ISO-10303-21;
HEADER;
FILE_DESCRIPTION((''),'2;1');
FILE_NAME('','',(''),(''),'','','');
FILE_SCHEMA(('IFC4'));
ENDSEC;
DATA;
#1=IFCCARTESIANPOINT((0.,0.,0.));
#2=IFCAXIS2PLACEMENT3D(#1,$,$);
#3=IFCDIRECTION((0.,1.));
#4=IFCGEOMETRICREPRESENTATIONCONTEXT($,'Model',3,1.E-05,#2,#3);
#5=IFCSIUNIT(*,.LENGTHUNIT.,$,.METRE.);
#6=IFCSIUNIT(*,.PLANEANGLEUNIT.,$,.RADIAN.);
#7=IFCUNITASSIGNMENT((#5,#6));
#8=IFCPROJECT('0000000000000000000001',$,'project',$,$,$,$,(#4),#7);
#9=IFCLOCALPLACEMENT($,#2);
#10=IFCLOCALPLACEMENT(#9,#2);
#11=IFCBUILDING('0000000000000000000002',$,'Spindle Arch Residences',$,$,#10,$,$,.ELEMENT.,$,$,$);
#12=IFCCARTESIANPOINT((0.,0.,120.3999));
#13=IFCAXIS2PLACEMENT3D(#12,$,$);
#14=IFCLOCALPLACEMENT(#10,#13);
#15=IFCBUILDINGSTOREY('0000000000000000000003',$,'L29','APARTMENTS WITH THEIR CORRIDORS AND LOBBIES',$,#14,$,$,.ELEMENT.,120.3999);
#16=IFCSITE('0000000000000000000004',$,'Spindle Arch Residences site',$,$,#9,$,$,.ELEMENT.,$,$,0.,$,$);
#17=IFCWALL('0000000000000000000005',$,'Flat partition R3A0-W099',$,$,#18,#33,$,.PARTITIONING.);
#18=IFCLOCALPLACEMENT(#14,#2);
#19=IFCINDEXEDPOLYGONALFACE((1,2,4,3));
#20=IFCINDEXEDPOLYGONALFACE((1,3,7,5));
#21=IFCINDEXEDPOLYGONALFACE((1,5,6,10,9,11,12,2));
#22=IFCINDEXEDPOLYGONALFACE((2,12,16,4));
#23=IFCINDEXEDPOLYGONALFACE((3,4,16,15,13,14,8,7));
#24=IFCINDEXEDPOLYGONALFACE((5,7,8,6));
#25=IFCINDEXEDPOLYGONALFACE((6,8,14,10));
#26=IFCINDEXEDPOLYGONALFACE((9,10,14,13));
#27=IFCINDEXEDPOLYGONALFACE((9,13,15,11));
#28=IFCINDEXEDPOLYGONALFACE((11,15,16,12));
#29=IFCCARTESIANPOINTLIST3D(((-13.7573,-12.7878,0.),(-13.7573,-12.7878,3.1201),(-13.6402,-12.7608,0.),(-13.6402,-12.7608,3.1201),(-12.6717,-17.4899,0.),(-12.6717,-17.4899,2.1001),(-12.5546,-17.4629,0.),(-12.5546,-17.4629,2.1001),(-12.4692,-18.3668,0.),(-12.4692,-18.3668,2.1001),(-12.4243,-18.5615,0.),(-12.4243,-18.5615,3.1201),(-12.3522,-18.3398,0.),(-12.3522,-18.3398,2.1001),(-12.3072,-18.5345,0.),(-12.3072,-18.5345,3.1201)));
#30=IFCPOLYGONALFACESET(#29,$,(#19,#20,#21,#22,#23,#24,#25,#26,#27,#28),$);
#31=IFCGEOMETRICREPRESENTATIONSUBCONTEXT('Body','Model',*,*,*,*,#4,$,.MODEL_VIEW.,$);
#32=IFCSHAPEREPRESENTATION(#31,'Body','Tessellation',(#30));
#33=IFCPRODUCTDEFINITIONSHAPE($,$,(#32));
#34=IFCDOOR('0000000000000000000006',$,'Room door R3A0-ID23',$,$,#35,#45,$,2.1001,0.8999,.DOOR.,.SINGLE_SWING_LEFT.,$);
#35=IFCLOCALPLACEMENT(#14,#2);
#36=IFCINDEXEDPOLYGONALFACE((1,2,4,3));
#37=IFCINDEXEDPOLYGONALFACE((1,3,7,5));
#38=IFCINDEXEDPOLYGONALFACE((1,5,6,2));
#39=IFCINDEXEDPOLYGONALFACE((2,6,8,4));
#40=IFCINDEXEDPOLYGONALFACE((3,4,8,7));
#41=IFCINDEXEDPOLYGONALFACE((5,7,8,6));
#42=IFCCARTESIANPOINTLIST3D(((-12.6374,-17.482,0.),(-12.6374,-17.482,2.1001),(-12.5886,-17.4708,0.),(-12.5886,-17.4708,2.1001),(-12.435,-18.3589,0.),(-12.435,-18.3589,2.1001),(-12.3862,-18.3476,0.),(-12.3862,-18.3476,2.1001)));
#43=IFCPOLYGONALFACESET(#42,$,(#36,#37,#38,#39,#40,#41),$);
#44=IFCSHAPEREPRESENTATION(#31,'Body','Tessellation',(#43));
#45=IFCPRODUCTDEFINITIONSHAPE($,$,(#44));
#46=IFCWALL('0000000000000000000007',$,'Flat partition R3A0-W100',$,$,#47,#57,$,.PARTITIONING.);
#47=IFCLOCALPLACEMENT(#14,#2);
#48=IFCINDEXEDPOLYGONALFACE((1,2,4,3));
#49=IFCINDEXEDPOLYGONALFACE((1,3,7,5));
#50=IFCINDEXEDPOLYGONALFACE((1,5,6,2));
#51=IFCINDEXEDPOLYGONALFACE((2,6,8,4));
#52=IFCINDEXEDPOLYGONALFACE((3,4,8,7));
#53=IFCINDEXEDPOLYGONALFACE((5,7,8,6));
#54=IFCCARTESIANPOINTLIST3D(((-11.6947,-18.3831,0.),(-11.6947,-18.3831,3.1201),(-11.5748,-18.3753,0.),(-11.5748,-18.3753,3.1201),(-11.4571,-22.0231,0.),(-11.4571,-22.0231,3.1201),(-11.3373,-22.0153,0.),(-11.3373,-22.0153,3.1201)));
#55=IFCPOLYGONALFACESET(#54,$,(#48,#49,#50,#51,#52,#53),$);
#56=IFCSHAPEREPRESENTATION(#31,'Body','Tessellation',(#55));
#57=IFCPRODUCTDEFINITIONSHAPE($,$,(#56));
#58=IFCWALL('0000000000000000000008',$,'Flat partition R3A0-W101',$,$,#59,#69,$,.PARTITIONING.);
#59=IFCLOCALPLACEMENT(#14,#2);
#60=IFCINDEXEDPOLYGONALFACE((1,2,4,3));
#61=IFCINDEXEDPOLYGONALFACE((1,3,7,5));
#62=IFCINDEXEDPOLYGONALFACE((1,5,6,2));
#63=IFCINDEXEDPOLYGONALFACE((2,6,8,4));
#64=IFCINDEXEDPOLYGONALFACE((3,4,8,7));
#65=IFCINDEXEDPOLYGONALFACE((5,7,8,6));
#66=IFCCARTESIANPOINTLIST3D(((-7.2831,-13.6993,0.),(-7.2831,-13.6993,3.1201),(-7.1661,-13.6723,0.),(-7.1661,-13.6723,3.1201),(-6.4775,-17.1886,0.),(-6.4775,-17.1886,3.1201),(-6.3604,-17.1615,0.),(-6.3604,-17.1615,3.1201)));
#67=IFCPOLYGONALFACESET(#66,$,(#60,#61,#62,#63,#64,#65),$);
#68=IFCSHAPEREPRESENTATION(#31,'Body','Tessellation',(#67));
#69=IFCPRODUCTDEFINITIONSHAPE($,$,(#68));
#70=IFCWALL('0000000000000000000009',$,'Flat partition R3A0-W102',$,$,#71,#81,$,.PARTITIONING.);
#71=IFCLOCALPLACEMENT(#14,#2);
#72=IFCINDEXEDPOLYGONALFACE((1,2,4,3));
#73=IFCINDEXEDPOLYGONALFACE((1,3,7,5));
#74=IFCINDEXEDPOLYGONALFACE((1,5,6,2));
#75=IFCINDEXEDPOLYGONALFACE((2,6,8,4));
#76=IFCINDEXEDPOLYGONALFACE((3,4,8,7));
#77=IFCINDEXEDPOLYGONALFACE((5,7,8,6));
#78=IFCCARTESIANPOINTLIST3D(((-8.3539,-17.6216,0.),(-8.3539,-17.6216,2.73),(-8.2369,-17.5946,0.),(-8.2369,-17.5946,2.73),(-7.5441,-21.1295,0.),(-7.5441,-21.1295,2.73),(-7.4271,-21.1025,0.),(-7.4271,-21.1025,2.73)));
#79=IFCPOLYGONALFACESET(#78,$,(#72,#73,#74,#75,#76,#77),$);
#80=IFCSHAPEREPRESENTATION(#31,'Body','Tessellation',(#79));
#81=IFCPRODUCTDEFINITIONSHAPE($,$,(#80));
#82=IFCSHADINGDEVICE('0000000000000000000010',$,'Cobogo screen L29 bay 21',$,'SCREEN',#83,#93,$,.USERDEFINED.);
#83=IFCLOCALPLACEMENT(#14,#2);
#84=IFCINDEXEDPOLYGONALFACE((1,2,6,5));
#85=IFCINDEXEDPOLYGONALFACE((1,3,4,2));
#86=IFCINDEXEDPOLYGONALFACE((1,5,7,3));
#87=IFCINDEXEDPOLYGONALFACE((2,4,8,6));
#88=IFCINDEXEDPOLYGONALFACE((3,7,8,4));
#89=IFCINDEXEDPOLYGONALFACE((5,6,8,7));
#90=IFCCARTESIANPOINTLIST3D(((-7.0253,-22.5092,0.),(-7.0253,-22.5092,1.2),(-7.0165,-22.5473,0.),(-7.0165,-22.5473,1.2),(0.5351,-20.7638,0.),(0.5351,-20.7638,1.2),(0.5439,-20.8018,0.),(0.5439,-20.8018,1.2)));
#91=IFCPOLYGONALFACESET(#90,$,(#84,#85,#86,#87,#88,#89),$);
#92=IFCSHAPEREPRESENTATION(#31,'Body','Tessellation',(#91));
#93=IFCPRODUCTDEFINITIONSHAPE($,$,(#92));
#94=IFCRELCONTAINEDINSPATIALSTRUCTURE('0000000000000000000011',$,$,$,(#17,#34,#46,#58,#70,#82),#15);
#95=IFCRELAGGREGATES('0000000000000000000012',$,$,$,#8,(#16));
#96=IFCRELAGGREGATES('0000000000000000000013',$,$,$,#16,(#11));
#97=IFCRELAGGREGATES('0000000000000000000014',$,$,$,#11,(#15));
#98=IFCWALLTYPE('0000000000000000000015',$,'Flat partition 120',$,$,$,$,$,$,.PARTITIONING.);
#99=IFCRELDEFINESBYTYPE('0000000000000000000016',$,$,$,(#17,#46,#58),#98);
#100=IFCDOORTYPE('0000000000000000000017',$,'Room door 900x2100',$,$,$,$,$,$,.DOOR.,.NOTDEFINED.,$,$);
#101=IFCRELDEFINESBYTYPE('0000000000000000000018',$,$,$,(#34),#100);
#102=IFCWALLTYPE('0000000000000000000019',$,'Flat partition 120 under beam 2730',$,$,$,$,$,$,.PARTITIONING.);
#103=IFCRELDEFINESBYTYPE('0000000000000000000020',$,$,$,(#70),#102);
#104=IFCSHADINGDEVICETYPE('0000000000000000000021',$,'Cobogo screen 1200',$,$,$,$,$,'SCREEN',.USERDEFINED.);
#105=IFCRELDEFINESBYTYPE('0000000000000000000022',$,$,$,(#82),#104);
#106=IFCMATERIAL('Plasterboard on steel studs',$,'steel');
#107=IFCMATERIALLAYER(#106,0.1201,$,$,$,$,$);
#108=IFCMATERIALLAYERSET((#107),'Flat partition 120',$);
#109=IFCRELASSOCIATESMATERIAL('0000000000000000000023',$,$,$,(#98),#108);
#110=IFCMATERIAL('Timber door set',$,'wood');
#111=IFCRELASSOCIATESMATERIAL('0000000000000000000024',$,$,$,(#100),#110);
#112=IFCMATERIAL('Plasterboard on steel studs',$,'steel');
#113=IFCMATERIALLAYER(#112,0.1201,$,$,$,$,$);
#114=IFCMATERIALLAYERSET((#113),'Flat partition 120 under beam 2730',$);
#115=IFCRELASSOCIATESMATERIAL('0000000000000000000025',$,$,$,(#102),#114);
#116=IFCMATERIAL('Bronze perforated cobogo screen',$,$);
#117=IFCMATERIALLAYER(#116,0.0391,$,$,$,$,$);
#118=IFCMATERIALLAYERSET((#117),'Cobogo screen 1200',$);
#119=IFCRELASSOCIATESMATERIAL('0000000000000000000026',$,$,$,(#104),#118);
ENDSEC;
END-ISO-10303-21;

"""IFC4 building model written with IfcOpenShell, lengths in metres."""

from ifc_helpers import new_model, si_unit, direction, frame, frame_2d, origin, origin_2d, place, context, subcontext, project, spatial, rectangle, extrude, material, layer, layer_set, type_object, element, fill, save


model = new_model("IFC4")

# Units and contexts
model_context = context("Model", 3, precision=1e-05, world=origin(), true_north=direction((0.0, 1.0)))
body_context = subcontext(model_context, "Body", "Model", "MODEL_VIEW")
ifc_project = project(units=[si_unit("LENGTHUNIT", "METRE"), si_unit("PLANEANGLEUNIT", "RADIAN")], contexts=[model_context])

# Site, building, storey
site_placement = place(None, origin())
site = spatial("IfcSite", under=ifc_project, at=site_placement, Name="Spindle Arch Residences site", CompositionType="ELEMENT", RefElevation=0.0)
building_placement = place(site_placement, origin())
building = spatial("IfcBuilding", under=site, at=building_placement, Name="Spindle Arch Residences", CompositionType="ELEMENT")
storey_placement = place(building_placement, frame((0.0, 0.0, 120.3999)))
storey = spatial("IfcBuildingStorey", under=building, at=storey_placement, Name="L29", Description="APARTMENTS WITH THEIR CORRIDORS AND LOBBIES", CompositionType="ELEMENT", Elevation=120.3999)

# Shared definitions
ifc_material_1 = material(Name="Plasterboard on steel studs", Category="steel")
ifc_layer_1 = layer(ifc_material_1, 0.1201)
ifc_layer_set_1 = layer_set([ifc_layer_1], Name="Flat partition 120")
wall_type_1 = type_object("IfcWallType", Name="Flat partition 120", PredefinedType="PARTITIONING", material=ifc_layer_set_1)

# Shared definitions
ifc_material_2 = material(Name="Timber door set", Category="wood")
door_type_1 = type_object("IfcDoorType", Name="Room door 900x2100", OperationType="NOTDEFINED", PredefinedType="DOOR", material=ifc_material_2)

# Wall, opening, door
wall_1_placement = place(storey_placement, frame((-12.3657, -18.5481, 0.0), z_axis=(0.0, 0.0, 1.0), x_axis=(-0.224959, 0.974368, 0.0)))
wall_1 = element("IfcWall", 1, at=wall_1_placement, inside=storey, type_object=wall_type_1, Name="Flat partition R3A0-W099", PredefinedType="PARTITIONING", context=body_context, shape_type="SweptSolid", body=[
    extrude(rectangle(XDim=5.9255, YDim=0.1201, at=frame_2d((2.9629, 0.0))), origin(), (0.0, 0.0, 1.0), 3.1201),
])
opening_1_placement = place(wall_1_placement, frame((0.2, 0.0, 0.0)))
opening_1 = element("IfcOpeningElement", 2, at=opening_1_placement, cuts=wall_1, PredefinedType="OPENING", context=body_context, shape_type="SweptSolid", body=[
    extrude(rectangle(XDim=0.8999, YDim=2.1001, at=frame_2d((0.45, 1.05))), frame((0.0, 0.0701, 0.0), z_axis=(0.0, -1.0, 0.0), x_axis=(1.0, 0.0, 0.0)), (0.0, 0.0, 1.0), 0.1401),
])
door_1_placement = place(opening_1_placement, origin())
door_1 = element("IfcDoor", 3, at=door_1_placement, inside=storey, type_object=door_type_1, Name="Room door R3A0-ID23", OperationType="SINGLE_SWING_LEFT", OverallHeight=2.1001, OverallWidth=0.8999, PredefinedType="DOOR", context=body_context, shape_type="SweptSolid", body=[
    extrude(rectangle(XDim=0.8999, YDim=2.1001, at=frame_2d((0.45, 1.05))), frame((0.0, 0.0249, 0.0), z_axis=(0.0, -1.0, 0.0), x_axis=(1.0, 0.0, 0.0)), (0.0, 0.0, 1.0), 0.05),
])
fill(opening_1, door_1)

# Walls
wall_2_placement = place(storey_placement, frame((-11.3972, -22.019, 0.0), z_axis=(0.0, 0.0, 1.0), x_axis=(-0.065124, 0.997877, 0.0)))
element("IfcWall", 4, at=wall_2_placement, inside=storey, type_object=wall_type_1, Name="Flat partition R3A0-W100", PredefinedType="PARTITIONING", context=body_context, shape_type="SweptSolid", body=[
    extrude(rectangle(XDim=3.6477, YDim=0.1201, at=frame_2d((1.8237, 0.0))), origin(), (0.0, 0.0, 1.0), 3.1201),
])
wall_3_placement = place(storey_placement, frame((-6.4189, -17.175, 0.0), z_axis=(0.0, 0.0, 1.0), x_axis=(-0.224979, 0.974364, 0.0)))
element("IfcWall", 5, at=wall_3_placement, inside=storey, type_object=wall_type_1, Name="Flat partition R3A0-W101", PredefinedType="PARTITIONING", context=body_context, shape_type="SweptSolid", body=[
    extrude(rectangle(XDim=3.5811, YDim=0.1201, at=frame_2d((1.7905, 0.0))), origin(), (0.0, 0.0, 1.0), 3.1201),
])
ifc_material_3 = material(Name="Plasterboard on steel studs", Category="steel")
ifc_layer_2 = layer(ifc_material_3, 0.1201)
ifc_layer_set_2 = layer_set([ifc_layer_2], Name="Flat partition 120 under beam 2730")
wall_type_2 = type_object("IfcWallType", Name="Flat partition 120 under beam 2730", PredefinedType="PARTITIONING", material=ifc_layer_set_2)
wall_4_placement = place(storey_placement, frame((-7.4856, -21.116, 0.0), z_axis=(0.0, 0.0, 1.0), x_axis=(-0.224944, 0.974372, 0.0)))
element("IfcWall", 6, at=wall_4_placement, inside=storey, type_object=wall_type_2, Name="Flat partition R3A0-W102", PredefinedType="PARTITIONING", context=body_context, shape_type="SweptSolid", body=[
    extrude(rectangle(XDim=3.6001, YDim=0.1201, at=frame_2d((1.8, 0.0))), origin(), (0.0, 0.0, 1.0), 2.73),
])

# Shading device
ifc_material_4 = material(Name="Bronze perforated cobogo screen")
ifc_layer_3 = layer(ifc_material_4, 0.0391)
ifc_layer_set_3 = layer_set([ifc_layer_3], Name="Cobogo screen 1200")
shading_device_type = type_object("IfcShadingDeviceType", Name="Cobogo screen 1200", ElementType="SCREEN", PredefinedType="USERDEFINED", material=ifc_layer_set_3)
shading_device_placement = place(storey_placement, frame((-3.2407, -21.6555, 0.0), z_axis=(0.0, 0.0, 1.0), x_axis=(0.97437, 0.224951, 0.0)))
element("IfcShadingDevice", 7, at=shading_device_placement, inside=storey, type_object=shading_device_type, Name="Cobogo screen L29 bay 21", ObjectType="SCREEN", PredefinedType="USERDEFINED", context=body_context, shape_type="SweptSolid", body=[
    extrude(rectangle(XDim=7.7593, YDim=0.0391, at=origin_2d()), origin(), (0.0, 0.0, 1.0), 1.2),
])

save(model, "model.ifc")
